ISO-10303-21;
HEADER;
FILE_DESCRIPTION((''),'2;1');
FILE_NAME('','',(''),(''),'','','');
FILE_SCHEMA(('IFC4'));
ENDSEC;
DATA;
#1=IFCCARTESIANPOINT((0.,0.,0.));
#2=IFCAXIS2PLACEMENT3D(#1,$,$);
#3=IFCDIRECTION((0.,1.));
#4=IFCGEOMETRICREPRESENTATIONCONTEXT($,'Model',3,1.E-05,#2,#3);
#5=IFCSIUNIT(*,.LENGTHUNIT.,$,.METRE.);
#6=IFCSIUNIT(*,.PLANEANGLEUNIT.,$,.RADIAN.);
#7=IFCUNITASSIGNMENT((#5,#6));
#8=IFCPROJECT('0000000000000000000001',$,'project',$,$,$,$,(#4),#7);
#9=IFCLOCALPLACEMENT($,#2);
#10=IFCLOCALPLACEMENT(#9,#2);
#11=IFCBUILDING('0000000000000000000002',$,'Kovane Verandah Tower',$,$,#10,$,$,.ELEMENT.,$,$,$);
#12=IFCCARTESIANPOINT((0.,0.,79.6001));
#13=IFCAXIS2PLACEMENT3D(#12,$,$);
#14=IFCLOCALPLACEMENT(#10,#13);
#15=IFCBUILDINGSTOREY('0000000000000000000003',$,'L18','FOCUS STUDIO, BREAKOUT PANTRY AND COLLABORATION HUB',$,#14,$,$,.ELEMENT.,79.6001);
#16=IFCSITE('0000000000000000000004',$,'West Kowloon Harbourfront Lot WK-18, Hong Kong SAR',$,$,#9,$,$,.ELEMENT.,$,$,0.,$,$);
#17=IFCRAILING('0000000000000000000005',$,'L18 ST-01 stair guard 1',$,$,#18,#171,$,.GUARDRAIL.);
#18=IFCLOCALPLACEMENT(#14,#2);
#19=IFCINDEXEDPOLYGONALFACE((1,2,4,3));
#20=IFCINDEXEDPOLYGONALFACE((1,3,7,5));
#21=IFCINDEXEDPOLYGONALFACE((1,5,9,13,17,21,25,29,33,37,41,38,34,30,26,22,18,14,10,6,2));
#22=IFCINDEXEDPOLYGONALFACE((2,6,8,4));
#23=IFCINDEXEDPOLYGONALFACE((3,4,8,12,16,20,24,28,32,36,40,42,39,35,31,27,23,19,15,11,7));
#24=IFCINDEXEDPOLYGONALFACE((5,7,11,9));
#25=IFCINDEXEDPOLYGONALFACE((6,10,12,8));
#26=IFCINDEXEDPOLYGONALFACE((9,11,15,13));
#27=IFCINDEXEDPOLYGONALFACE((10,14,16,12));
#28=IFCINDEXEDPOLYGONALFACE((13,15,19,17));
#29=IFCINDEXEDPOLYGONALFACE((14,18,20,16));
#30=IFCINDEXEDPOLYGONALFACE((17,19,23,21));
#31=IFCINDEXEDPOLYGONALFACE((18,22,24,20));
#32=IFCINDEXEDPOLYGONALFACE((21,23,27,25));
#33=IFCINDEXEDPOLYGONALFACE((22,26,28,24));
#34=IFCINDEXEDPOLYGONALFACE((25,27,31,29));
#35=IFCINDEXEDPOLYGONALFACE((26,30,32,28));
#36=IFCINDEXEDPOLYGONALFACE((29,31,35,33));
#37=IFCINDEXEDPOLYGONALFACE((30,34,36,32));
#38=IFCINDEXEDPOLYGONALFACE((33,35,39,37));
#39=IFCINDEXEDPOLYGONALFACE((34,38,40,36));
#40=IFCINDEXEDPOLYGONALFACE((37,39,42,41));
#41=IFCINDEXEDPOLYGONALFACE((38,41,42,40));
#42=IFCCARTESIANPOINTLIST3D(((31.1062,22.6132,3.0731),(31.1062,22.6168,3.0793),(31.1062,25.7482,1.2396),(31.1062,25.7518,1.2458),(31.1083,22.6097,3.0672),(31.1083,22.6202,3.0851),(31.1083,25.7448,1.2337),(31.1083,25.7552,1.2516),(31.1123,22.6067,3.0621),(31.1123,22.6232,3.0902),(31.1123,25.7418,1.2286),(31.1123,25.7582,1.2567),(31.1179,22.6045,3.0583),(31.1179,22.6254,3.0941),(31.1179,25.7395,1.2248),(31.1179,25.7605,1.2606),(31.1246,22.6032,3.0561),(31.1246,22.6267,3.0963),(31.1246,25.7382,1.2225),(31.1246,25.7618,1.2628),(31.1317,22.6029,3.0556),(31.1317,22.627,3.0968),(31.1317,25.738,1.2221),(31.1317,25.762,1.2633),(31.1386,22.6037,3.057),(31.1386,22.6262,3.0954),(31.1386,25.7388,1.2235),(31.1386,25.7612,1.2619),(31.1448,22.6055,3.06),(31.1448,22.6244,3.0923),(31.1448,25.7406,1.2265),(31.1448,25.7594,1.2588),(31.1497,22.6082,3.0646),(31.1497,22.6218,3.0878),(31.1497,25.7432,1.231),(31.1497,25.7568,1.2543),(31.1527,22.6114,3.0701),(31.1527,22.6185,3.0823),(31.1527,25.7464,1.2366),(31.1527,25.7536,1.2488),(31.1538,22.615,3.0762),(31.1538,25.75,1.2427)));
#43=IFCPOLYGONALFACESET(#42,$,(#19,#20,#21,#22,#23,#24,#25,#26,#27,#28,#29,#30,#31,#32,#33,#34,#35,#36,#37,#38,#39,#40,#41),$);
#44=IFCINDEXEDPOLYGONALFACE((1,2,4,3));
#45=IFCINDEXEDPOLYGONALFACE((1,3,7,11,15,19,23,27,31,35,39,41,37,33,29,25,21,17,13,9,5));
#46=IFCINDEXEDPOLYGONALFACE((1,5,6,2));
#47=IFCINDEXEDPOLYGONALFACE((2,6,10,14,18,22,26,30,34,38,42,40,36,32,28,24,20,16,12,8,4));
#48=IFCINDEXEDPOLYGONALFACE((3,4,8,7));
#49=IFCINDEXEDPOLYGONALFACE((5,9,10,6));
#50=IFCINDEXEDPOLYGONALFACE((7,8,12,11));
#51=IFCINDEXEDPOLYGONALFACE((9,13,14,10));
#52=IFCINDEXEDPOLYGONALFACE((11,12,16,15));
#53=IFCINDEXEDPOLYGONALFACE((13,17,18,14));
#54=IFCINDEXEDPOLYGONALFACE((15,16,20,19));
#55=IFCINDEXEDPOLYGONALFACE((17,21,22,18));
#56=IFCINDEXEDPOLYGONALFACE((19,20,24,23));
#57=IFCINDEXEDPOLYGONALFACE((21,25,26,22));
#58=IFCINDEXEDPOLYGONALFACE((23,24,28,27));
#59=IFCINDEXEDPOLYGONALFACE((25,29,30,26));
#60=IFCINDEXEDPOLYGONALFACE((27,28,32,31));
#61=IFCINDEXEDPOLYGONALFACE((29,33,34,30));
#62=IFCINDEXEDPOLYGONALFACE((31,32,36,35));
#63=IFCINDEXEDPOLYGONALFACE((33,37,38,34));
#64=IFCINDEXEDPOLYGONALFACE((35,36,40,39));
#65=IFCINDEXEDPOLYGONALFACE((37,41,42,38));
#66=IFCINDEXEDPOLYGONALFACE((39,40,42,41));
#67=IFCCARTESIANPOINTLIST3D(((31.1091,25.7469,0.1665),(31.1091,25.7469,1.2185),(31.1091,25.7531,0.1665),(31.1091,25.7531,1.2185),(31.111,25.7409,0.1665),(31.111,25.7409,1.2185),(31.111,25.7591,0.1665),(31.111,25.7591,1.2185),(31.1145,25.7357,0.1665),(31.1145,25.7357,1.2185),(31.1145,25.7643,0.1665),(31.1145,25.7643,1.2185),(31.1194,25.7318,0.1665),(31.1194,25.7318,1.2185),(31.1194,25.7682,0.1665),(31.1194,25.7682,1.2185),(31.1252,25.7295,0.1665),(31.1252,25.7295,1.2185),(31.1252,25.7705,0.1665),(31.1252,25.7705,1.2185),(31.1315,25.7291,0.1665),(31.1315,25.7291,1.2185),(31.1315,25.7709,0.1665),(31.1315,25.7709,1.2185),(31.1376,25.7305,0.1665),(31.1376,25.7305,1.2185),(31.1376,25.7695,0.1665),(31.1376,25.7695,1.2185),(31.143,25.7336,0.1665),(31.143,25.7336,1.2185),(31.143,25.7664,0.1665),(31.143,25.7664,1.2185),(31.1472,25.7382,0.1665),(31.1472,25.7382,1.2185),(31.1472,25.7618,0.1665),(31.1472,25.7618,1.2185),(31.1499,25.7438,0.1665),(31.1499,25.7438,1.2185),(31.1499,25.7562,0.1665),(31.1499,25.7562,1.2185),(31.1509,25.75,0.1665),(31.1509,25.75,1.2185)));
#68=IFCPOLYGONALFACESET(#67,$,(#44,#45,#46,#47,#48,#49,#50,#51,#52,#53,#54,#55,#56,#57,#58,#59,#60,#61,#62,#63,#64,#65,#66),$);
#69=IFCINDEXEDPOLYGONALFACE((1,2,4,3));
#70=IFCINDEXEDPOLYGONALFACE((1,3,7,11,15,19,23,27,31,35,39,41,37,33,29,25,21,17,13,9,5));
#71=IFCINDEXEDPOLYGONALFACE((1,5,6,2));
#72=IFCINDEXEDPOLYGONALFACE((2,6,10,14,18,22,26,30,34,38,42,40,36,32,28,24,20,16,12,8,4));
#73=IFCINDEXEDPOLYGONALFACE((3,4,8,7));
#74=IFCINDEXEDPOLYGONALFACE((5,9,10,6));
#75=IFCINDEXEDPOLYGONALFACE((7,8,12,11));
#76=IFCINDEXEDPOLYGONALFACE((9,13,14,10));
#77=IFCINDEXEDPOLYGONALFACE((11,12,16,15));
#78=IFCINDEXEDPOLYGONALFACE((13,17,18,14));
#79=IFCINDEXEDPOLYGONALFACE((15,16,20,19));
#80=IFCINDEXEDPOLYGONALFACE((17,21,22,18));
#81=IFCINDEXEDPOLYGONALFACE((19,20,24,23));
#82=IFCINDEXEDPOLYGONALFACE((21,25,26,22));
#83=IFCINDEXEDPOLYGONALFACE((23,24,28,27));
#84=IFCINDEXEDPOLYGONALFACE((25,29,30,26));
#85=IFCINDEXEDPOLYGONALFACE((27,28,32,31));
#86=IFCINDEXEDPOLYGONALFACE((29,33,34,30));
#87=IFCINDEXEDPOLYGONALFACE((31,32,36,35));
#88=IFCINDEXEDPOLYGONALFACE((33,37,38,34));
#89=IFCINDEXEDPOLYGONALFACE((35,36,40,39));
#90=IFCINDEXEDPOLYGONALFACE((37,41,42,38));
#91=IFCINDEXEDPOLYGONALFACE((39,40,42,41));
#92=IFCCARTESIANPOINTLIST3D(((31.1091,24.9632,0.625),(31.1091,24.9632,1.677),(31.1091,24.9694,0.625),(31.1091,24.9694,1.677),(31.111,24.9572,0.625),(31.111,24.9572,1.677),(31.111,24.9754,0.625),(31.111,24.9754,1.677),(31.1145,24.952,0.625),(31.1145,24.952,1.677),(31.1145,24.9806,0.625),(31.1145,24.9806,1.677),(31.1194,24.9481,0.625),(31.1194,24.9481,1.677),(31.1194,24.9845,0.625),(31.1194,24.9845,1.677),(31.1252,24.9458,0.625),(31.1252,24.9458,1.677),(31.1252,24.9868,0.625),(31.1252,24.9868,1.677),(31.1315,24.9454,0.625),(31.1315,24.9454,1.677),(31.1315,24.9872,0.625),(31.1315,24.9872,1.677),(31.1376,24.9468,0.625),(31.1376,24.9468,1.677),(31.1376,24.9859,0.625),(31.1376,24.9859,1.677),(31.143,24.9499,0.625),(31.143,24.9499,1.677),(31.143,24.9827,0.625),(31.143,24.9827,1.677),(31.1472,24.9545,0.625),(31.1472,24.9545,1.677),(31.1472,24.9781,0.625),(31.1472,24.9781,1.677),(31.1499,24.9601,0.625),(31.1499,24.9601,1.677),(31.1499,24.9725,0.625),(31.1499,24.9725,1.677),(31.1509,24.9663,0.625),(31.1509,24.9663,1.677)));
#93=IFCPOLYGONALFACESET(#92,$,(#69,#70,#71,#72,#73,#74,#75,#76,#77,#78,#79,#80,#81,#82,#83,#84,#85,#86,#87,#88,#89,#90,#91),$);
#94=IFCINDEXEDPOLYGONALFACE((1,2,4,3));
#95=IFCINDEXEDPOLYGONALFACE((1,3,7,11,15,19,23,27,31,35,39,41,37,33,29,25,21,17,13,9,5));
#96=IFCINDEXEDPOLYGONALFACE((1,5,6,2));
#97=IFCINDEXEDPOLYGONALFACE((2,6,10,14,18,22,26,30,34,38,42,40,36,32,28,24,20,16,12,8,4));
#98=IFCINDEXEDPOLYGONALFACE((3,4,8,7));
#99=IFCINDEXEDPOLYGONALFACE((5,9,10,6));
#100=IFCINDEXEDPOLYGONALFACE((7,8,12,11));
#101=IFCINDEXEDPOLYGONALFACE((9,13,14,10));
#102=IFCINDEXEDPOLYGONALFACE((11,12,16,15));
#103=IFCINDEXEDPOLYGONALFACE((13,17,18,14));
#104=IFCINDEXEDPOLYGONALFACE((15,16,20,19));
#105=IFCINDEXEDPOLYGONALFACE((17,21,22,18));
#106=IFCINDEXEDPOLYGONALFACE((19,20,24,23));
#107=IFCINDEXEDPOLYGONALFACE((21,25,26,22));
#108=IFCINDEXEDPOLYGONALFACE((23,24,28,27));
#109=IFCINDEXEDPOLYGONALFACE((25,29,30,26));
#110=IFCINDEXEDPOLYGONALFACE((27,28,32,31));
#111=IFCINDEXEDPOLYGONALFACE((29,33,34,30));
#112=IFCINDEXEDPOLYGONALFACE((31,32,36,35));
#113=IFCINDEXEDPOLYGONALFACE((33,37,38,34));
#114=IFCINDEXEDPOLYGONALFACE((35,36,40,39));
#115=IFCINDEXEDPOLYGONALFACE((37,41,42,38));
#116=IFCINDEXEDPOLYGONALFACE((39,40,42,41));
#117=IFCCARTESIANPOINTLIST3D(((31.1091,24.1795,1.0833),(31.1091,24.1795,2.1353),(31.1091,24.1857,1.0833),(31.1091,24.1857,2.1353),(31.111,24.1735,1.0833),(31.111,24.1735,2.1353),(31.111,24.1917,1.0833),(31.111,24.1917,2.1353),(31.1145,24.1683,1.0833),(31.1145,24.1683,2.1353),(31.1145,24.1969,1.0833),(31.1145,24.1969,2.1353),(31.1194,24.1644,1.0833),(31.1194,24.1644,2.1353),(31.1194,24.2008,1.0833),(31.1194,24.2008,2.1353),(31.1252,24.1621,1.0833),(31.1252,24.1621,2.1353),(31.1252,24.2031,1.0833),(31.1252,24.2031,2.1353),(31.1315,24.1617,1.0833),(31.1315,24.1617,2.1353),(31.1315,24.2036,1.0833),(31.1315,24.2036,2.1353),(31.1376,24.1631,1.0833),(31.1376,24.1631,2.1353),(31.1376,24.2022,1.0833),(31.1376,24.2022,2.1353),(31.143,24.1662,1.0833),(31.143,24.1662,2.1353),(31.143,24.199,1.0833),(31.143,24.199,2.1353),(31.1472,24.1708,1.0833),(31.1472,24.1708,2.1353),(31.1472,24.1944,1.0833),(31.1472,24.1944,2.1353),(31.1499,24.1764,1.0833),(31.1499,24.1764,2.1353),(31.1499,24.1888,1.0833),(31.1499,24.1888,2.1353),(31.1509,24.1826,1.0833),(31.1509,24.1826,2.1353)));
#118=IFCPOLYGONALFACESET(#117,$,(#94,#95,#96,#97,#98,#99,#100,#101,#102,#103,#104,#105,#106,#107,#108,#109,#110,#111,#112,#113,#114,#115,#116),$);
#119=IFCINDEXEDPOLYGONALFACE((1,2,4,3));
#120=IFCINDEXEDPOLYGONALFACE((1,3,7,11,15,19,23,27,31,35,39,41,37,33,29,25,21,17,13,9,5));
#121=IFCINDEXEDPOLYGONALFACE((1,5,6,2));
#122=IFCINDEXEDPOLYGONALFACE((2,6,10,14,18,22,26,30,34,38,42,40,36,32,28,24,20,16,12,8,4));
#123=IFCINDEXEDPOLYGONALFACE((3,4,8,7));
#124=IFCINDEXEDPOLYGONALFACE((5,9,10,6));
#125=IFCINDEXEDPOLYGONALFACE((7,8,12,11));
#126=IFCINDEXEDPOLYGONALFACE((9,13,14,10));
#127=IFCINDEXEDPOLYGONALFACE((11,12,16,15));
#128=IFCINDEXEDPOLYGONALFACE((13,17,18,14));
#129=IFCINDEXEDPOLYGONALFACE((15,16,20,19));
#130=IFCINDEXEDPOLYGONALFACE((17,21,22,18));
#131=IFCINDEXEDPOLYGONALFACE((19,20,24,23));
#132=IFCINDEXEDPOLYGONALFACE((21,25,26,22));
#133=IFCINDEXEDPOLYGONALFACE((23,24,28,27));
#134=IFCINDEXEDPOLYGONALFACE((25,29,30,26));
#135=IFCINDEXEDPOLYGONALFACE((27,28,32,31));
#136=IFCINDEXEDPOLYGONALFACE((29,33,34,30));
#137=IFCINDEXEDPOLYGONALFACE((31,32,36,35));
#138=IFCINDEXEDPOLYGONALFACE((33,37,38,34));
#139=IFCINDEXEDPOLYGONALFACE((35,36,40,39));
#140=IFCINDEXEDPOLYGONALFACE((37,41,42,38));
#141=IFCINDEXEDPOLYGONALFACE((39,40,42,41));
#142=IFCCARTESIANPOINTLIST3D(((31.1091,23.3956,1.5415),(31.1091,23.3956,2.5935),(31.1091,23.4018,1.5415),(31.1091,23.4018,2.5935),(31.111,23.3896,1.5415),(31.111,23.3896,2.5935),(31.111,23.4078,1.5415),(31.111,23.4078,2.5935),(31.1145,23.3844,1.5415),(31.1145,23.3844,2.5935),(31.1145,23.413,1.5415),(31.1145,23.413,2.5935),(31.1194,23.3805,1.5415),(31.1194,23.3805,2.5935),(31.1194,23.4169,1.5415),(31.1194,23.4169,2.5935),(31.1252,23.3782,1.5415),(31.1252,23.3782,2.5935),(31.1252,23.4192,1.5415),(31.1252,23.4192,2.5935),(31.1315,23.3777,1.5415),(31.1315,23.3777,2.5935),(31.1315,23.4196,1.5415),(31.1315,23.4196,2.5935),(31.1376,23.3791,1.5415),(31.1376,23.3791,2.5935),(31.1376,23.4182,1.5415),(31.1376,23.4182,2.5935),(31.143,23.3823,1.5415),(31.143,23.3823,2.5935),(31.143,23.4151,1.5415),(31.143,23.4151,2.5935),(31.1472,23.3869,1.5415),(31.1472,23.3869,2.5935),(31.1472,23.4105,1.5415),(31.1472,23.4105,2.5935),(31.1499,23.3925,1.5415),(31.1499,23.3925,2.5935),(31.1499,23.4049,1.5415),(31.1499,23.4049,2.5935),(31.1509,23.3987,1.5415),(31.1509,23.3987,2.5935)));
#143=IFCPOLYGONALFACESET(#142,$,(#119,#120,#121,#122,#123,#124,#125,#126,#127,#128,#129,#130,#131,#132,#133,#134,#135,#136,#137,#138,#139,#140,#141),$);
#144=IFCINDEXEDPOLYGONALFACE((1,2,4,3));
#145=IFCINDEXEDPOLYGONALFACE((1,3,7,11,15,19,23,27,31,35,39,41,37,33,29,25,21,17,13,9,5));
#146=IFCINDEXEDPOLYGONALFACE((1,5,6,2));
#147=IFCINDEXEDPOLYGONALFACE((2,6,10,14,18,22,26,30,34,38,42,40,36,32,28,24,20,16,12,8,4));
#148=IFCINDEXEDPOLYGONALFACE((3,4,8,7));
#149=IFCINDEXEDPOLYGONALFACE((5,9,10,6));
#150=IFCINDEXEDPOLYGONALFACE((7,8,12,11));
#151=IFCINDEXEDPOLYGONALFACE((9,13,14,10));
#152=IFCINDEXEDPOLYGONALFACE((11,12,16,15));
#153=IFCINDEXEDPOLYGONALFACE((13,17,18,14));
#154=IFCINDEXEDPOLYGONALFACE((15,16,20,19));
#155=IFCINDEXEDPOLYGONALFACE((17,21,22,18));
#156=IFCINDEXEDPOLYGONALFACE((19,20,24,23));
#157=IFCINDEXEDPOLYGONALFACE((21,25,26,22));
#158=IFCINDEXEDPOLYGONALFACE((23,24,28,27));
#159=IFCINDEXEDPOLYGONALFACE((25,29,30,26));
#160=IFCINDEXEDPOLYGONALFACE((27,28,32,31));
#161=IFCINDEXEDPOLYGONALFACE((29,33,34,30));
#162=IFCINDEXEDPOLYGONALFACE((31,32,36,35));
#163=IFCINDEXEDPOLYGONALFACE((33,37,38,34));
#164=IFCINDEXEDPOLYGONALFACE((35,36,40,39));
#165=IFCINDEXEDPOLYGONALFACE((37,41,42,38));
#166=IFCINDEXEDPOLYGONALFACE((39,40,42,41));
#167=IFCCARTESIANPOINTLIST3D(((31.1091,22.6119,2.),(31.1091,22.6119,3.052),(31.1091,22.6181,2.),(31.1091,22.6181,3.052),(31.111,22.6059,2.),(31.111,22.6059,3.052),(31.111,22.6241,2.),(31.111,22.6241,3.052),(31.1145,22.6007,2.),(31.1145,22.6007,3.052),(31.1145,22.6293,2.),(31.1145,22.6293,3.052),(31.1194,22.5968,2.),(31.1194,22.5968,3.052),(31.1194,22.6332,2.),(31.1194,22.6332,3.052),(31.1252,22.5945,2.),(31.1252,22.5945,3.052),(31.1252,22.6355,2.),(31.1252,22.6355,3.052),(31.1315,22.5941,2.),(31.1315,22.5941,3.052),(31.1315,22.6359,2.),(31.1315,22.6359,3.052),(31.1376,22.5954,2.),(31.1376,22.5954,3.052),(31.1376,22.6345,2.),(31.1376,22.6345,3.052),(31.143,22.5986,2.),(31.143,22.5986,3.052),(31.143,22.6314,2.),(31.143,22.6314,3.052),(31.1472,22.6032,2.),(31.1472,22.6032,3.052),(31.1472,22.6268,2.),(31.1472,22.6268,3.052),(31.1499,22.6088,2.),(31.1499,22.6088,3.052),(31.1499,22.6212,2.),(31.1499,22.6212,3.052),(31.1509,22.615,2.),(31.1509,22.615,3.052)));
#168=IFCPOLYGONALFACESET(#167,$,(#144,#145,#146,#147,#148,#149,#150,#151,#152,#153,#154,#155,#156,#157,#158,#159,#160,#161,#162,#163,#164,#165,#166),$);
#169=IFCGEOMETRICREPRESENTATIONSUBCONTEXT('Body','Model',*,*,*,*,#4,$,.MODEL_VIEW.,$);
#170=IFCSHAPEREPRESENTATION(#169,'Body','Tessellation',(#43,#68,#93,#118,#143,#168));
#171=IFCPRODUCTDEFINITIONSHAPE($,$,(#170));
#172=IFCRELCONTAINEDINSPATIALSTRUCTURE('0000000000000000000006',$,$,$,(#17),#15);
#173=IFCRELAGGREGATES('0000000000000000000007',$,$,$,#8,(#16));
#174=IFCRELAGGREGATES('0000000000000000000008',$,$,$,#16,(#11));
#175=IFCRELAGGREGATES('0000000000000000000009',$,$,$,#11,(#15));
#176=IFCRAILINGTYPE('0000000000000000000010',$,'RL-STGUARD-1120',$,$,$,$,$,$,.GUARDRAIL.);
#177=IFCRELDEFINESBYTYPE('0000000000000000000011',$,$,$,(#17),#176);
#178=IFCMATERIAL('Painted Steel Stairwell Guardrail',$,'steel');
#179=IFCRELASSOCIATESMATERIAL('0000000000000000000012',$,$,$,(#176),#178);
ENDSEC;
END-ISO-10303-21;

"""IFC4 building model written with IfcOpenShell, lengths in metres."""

from ifc_helpers import new_model, si_unit, direction, frame, origin, origin_2d, place, context, subcontext, project, spatial, circle, extrude, material, type_object, element, save


model = new_model("IFC4")

# Units and contexts
model_context = context("Model", 3, precision=1e-05, world=origin(), true_north=direction((0.0, 1.0)))
body_context = subcontext(model_context, "Body", "Model", "MODEL_VIEW")
ifc_project = project(units=[si_unit("LENGTHUNIT", "METRE"), si_unit("PLANEANGLEUNIT", "RADIAN")], contexts=[model_context])

# Site, building, storey
site_placement = place(None, origin())
site = spatial("IfcSite", under=ifc_project, at=site_placement, Name="West Kowloon Harbourfront Lot WK-18, Hong Kong SAR", CompositionType="ELEMENT", RefElevation=0.0)
building_placement = place(site_placement, origin())
building = spatial("IfcBuilding", under=site, at=building_placement, Name="Kovane Verandah Tower", CompositionType="ELEMENT")
storey_placement = place(building_placement, frame((0.0, 0.0, 79.6001)))
storey = spatial("IfcBuildingStorey", under=building, at=storey_placement, Name="L18", Description="FOCUS STUDIO, BREAKOUT PANTRY AND COLLABORATION HUB", CompositionType="ELEMENT", Elevation=79.6001)

# Railing
ifc_material_1 = material(Name="Painted Steel Stairwell Guardrail", Category="steel")
railing_type_1 = type_object("IfcRailingType", Name="RL-STGUARD-1120", PredefinedType="GUARDRAIL", material=ifc_material_1)
railing_1_placement = place(storey_placement, frame((31.1299, 25.75, 0.1665)))
element("IfcRailing", 1, at=railing_1_placement, inside=storey, type_object=railing_type_1, Name="L18 ST-01 stair guard 1", PredefinedType="GUARDRAIL", context=body_context, shape_type="SweptSolid", body=[
    extrude(circle(Radius=0.0239, at=origin_2d()), frame((0.0, 0.0, 1.0762), z_axis=(0.0, -0.86321, 0.504845), x_axis=(1.0, 0.0, 0.0)), (0.0, 0.0, 1.0), 3.6318),
    extrude(circle(Radius=0.021, at=origin_2d()), origin(), (0.0, 0.0, 1.0), 1.052),
    extrude(circle(Radius=0.021, at=origin_2d()), frame((0.0, -0.7837, 0.4585)), (0.0, 0.0, 1.0), 1.052),
    extrude(circle(Radius=0.021, at=origin_2d()), frame((0.0, -1.5674, 0.9167)), (0.0, 0.0, 1.0), 1.052),
    extrude(circle(Radius=0.021, at=origin_2d()), frame((0.0, -2.3513, 1.375)), (0.0, 0.0, 1.0), 1.052),
    extrude(circle(Radius=0.021, at=origin_2d()), frame((0.0, -3.135, 1.8335)), (0.0, 0.0, 1.0), 1.052),
])

save(model, "model.ifc")
